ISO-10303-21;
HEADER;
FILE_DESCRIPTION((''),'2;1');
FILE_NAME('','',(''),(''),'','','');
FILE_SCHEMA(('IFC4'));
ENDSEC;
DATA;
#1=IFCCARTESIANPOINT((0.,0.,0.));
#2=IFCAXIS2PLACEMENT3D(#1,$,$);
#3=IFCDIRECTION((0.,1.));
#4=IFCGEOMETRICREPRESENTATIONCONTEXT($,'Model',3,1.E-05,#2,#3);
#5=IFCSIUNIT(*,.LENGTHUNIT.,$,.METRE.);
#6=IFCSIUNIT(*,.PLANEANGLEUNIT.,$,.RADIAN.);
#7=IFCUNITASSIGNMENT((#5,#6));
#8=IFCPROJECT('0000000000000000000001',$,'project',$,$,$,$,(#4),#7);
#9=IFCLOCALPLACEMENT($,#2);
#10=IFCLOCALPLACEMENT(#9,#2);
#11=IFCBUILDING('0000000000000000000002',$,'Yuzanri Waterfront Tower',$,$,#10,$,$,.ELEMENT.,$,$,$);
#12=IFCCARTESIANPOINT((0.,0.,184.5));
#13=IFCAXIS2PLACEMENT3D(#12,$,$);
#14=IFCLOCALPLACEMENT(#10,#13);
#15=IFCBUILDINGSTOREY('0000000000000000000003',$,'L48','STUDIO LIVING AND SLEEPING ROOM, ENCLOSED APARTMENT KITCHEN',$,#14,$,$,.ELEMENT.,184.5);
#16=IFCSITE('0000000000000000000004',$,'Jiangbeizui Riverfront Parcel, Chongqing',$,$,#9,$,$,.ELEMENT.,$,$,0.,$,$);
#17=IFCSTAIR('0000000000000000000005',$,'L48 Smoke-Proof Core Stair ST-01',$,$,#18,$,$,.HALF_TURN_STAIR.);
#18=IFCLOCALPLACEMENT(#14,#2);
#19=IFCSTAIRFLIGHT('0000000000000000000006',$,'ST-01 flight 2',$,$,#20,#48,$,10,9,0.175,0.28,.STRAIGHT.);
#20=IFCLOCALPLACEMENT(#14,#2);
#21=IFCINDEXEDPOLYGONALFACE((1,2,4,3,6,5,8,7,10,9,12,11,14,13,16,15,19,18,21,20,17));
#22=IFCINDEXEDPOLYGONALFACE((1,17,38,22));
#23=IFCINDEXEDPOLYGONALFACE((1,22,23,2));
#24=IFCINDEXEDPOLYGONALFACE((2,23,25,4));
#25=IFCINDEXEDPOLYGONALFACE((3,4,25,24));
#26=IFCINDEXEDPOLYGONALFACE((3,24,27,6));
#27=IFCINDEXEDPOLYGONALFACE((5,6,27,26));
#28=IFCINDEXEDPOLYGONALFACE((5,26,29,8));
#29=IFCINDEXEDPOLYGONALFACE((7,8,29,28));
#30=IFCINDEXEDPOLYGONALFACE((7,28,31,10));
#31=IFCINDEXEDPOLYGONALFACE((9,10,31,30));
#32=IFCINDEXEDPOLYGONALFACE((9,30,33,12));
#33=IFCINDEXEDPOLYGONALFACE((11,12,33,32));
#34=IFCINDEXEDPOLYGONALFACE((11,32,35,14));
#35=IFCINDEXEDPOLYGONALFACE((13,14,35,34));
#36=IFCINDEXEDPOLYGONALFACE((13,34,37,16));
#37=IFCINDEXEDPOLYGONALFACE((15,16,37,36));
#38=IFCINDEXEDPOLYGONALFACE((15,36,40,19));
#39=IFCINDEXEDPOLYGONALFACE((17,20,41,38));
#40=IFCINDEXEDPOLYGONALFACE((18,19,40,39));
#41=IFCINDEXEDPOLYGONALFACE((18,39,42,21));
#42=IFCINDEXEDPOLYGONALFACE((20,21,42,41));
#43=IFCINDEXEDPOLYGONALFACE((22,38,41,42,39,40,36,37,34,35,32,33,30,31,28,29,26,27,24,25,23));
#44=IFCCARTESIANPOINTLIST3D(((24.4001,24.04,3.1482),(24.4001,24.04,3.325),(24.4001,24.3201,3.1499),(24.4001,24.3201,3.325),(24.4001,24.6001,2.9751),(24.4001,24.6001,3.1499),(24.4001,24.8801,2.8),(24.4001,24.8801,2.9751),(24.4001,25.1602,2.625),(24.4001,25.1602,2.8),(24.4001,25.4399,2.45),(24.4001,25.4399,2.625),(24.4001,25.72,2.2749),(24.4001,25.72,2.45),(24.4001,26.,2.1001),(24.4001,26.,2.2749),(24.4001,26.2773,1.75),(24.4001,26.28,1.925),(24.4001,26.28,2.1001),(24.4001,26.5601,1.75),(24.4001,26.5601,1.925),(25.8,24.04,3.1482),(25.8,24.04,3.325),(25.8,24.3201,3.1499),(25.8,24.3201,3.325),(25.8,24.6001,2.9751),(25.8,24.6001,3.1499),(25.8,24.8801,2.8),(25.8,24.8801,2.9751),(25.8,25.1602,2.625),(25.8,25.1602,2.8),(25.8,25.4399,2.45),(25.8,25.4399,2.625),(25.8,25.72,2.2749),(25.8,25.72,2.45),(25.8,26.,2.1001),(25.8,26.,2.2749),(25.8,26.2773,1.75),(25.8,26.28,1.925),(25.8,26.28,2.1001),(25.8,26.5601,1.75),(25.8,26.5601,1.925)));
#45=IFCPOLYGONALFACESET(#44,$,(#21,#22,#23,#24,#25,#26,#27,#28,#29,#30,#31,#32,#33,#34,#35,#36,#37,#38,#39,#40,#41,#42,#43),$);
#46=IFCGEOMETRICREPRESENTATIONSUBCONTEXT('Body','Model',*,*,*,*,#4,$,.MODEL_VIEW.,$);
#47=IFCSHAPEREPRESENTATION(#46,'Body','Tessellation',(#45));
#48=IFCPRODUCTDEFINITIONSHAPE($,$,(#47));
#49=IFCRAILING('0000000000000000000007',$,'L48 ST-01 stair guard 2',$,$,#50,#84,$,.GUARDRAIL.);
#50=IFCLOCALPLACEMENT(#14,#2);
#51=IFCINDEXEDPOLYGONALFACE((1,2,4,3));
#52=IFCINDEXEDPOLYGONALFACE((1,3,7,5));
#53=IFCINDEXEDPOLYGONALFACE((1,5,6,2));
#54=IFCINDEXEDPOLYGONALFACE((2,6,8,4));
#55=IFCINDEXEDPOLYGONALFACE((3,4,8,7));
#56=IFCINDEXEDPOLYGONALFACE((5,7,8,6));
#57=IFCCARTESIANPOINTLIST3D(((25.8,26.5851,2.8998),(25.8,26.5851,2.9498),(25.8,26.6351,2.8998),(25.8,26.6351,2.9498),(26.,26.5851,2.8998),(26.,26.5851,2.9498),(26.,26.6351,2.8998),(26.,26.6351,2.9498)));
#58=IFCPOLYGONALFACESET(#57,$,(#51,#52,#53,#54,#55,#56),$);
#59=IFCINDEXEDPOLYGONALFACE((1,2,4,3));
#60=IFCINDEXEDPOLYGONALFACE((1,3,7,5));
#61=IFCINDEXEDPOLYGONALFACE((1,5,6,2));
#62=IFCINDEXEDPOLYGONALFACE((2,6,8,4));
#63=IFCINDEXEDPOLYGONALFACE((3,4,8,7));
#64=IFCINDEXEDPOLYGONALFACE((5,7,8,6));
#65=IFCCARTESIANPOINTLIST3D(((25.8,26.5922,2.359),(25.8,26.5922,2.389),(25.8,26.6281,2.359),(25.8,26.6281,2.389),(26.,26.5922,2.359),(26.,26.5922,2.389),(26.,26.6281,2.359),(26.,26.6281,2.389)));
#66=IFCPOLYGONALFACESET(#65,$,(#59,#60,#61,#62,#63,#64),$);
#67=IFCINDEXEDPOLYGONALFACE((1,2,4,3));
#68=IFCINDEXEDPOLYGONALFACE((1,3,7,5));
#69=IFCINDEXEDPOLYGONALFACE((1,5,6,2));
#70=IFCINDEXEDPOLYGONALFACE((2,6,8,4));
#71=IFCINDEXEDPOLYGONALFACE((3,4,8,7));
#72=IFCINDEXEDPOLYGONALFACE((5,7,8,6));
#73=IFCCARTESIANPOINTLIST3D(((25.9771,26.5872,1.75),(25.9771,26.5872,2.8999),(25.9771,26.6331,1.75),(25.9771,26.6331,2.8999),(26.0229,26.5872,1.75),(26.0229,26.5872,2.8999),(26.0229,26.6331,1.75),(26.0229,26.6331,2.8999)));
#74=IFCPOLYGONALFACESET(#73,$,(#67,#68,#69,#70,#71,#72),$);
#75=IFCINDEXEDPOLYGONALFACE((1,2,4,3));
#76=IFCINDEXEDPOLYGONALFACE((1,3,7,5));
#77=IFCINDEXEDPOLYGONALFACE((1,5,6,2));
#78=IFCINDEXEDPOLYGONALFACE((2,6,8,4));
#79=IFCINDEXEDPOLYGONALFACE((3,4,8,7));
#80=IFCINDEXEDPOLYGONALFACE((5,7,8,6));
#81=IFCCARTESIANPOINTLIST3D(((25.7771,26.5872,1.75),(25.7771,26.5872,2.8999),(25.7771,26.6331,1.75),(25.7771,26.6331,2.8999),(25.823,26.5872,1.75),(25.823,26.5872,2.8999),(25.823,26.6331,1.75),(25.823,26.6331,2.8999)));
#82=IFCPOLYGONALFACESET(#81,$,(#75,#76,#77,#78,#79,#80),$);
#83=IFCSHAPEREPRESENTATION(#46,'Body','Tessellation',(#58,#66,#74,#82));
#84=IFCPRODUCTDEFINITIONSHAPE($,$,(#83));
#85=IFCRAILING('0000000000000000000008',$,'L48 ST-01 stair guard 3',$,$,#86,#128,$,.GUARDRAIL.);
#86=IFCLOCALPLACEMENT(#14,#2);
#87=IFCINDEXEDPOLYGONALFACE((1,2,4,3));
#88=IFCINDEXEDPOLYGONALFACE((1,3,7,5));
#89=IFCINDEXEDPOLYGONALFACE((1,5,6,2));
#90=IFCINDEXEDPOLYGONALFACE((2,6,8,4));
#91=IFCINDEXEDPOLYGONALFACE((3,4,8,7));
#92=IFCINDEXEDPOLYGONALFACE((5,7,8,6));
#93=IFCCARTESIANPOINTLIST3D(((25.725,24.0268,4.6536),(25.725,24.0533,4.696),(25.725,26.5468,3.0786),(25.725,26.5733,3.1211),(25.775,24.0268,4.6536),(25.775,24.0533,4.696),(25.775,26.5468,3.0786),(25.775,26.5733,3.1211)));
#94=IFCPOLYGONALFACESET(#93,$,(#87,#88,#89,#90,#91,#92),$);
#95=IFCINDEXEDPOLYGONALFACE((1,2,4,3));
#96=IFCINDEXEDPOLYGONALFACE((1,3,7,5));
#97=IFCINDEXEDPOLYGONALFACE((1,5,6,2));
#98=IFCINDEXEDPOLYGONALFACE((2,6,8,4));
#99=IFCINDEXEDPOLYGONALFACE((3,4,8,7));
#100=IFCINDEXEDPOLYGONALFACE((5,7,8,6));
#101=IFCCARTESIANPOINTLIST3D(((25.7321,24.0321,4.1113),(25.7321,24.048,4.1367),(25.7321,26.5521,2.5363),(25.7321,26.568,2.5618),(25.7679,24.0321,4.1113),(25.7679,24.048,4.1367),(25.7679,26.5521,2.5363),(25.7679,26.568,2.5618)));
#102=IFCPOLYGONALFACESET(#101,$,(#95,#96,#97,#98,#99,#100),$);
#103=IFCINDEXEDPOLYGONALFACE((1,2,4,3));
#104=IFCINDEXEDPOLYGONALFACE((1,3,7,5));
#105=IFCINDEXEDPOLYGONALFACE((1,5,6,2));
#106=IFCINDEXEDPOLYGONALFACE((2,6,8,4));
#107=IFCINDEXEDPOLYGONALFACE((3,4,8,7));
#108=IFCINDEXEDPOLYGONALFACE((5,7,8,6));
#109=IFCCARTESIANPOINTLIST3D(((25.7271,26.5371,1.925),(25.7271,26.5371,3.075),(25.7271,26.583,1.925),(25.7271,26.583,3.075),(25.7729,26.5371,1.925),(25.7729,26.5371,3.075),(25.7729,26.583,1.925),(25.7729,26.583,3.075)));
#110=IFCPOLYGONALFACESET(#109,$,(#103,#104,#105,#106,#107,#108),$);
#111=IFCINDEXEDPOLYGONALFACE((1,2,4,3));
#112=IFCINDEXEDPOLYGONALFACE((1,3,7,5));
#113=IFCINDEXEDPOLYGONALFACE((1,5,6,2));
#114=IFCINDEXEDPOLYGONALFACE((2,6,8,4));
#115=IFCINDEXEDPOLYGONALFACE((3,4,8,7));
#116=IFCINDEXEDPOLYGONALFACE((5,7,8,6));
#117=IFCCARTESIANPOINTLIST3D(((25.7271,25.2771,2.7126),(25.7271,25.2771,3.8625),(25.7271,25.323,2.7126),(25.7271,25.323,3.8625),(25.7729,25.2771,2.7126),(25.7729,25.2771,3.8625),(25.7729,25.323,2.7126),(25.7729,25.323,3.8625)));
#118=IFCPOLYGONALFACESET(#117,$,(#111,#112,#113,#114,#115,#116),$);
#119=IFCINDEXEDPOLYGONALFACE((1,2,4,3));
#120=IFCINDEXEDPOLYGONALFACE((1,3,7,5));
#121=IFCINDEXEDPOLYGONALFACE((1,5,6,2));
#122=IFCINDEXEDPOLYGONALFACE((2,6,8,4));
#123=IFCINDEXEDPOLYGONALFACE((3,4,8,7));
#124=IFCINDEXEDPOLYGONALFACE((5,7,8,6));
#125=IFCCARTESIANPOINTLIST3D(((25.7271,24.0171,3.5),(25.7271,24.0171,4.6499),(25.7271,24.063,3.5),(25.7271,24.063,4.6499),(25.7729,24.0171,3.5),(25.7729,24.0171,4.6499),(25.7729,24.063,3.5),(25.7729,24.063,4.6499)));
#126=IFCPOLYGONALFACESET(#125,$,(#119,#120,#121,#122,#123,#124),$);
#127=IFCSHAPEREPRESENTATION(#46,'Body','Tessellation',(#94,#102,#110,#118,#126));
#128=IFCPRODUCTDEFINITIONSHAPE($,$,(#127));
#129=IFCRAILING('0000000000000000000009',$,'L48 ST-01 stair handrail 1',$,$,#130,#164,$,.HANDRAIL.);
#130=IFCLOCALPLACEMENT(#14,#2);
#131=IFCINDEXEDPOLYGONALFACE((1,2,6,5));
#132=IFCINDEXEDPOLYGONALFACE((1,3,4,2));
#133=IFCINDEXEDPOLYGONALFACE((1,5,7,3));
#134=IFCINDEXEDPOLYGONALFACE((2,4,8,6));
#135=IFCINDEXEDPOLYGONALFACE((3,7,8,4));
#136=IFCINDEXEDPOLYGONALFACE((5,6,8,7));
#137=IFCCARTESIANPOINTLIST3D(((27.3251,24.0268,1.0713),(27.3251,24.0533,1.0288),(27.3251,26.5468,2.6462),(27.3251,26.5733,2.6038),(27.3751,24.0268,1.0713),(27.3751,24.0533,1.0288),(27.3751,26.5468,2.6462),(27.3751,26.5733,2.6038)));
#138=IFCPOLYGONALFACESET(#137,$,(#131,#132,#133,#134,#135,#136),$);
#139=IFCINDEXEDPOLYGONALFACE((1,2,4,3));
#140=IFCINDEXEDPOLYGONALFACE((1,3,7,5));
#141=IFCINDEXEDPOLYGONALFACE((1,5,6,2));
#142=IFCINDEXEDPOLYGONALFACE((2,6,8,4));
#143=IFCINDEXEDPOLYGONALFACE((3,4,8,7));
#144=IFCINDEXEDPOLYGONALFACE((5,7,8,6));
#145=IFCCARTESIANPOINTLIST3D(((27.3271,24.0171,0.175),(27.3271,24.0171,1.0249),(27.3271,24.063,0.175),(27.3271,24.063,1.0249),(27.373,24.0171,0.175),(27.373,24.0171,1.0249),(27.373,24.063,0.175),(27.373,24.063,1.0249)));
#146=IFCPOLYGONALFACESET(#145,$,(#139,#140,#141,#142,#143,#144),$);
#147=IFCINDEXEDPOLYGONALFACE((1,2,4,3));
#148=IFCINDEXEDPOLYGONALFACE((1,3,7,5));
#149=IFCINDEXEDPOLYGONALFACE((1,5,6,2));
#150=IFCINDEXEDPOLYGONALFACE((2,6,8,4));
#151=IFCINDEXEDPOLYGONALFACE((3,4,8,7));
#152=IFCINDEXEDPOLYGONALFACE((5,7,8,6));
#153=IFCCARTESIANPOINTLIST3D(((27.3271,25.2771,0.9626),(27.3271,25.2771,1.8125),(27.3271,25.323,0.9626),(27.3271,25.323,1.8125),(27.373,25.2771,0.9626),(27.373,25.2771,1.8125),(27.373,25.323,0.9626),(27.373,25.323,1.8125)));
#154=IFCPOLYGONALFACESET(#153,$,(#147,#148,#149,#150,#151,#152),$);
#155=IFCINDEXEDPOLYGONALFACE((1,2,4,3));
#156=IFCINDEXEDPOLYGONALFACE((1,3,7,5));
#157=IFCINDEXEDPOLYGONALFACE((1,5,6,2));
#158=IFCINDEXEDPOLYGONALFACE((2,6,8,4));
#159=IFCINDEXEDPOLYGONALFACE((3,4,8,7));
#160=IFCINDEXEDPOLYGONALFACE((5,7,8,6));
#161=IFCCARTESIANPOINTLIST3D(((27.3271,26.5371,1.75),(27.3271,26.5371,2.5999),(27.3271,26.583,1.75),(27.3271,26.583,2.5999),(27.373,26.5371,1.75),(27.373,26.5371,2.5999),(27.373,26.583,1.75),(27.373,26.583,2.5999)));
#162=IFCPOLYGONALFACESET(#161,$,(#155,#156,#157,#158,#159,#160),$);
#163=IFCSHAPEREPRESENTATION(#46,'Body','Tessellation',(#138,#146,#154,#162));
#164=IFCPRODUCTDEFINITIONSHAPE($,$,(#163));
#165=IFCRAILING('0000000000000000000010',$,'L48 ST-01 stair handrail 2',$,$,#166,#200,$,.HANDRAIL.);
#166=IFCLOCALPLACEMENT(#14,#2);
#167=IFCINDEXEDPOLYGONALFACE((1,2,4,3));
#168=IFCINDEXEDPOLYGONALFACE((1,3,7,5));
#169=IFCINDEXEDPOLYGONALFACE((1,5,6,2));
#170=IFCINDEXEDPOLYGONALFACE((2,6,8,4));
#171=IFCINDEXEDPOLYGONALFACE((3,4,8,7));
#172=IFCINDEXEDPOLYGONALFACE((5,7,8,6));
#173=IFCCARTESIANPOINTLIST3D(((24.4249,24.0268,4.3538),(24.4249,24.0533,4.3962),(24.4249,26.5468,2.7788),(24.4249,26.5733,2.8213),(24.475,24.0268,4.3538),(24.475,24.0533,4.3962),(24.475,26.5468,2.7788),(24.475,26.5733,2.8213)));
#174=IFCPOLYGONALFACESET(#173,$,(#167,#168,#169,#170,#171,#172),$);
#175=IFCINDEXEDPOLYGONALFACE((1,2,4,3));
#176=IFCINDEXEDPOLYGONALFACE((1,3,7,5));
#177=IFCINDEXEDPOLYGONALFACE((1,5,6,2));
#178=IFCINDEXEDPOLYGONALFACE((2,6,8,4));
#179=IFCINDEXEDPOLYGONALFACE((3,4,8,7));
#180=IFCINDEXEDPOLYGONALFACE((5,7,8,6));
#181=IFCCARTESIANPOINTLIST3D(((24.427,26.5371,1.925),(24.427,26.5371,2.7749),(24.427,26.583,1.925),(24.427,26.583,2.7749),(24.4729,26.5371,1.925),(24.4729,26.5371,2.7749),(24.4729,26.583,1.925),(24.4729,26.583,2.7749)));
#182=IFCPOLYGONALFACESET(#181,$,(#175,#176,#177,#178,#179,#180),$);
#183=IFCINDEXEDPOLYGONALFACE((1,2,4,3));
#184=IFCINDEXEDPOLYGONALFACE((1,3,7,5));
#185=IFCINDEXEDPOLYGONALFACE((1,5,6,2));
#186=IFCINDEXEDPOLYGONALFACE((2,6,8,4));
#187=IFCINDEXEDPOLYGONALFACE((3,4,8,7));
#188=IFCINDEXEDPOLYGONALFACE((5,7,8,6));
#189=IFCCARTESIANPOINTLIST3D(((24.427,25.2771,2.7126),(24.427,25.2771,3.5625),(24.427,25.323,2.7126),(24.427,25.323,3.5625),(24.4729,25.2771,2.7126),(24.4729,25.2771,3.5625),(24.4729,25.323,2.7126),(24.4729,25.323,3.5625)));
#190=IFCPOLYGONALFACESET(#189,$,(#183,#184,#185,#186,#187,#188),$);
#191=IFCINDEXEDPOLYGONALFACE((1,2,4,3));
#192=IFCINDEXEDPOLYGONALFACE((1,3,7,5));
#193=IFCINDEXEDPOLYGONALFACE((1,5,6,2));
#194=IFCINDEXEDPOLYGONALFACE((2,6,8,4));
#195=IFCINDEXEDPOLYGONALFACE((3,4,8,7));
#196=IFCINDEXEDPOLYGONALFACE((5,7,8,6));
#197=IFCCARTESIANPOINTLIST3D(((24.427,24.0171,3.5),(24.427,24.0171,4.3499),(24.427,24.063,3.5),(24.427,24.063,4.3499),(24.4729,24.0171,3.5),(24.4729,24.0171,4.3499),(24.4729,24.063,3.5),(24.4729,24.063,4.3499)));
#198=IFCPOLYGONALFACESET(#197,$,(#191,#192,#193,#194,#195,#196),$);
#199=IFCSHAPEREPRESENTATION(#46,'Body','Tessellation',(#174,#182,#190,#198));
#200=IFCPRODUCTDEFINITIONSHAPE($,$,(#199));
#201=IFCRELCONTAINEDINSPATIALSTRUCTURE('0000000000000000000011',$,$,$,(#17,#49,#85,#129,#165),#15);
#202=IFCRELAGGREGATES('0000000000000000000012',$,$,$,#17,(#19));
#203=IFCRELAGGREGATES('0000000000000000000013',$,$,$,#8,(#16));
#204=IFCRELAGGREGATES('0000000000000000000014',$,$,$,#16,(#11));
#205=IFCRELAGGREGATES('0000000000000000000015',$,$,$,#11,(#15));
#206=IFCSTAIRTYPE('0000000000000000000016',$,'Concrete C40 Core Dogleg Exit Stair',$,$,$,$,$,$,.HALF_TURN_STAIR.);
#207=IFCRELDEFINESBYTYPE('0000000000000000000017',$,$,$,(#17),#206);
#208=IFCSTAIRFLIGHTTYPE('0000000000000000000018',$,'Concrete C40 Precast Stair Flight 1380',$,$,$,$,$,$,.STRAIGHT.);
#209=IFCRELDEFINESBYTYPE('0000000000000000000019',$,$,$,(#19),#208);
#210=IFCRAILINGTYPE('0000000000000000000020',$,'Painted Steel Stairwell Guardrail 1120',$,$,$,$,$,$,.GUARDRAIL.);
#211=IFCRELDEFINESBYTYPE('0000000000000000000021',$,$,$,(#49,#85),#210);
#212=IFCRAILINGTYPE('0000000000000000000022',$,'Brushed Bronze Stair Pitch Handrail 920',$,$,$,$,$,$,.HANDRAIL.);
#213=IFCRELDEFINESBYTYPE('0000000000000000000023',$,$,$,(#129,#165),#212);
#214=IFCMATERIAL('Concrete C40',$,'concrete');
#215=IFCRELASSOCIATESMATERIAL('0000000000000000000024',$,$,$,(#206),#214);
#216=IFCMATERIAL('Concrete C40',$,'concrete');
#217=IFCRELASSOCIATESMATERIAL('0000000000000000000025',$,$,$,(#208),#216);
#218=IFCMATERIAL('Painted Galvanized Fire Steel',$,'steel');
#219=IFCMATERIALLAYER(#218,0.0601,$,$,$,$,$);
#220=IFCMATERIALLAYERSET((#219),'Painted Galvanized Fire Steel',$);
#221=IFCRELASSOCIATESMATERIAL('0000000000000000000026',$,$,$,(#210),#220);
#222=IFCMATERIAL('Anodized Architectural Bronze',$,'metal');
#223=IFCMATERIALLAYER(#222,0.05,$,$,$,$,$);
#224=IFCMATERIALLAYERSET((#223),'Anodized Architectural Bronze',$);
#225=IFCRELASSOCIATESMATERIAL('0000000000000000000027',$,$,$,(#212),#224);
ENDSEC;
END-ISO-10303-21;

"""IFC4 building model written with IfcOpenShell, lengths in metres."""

from ifc_helpers import new_model, si_unit, direction, frame, origin, origin_2d, place, context, subcontext, project, spatial, polyline, rectangle, outline, extrude, source, transform, mapped, material, layer, layer_set, type_object, element, aggregate, save


model = new_model("IFC4")

# Units and contexts
model_context = context("Model", 3, precision=1e-05, world=origin(), true_north=direction((0.0, 1.0)))
body_context = subcontext(model_context, "Body", "Model", "MODEL_VIEW")
ifc_project = project(units=[si_unit("LENGTHUNIT", "METRE"), si_unit("PLANEANGLEUNIT", "RADIAN")], contexts=[model_context])

# Site, building, storey
site_placement = place(None, origin())
site = spatial("IfcSite", under=ifc_project, at=site_placement, Name="Jiangbeizui Riverfront Parcel, Chongqing", CompositionType="ELEMENT", RefElevation=0.0)
building_placement = place(site_placement, origin())
building = spatial("IfcBuilding", under=site, at=building_placement, Name="Yuzanri Waterfront Tower", CompositionType="ELEMENT")
storey_placement = place(building_placement, frame((0.0, 0.0, 184.5)))
storey = spatial("IfcBuildingStorey", under=building, at=storey_placement, Name="L48", Description="STUDIO LIVING AND SLEEPING ROOM, ENCLOSED APARTMENT KITCHEN", CompositionType="ELEMENT", Elevation=184.5)

# Stair, stair flight
ifc_material_1 = material(Name="Concrete C40", Category="concrete")
stair_type = type_object("IfcStairType", Name="Concrete C40 Core Dogleg Exit Stair", PredefinedType="HALF_TURN_STAIR", material=ifc_material_1)
stair_placement = place(storey_placement, origin())
stair = element("IfcStair", 1, at=stair_placement, inside=storey, type_object=stair_type, Name="L48 Smoke-Proof Core Stair ST-01", PredefinedType="HALF_TURN_STAIR")
ifc_material_2 = material(Name="Concrete C40", Category="concrete")
stair_flight_type = type_object("IfcStairFlightType", Name="Concrete C40 Precast Stair Flight 1380", PredefinedType="STRAIGHT", material=ifc_material_2)
shared_shape_1 = source(origin(), body_context, "Body", "SweptSolid", [
    extrude(outline(polyline([(0.0, 0.0), (0.0, 0.175), (0.28, 0.175), (0.28, 0.3501), (0.5601, 0.3501), (0.5601, 0.5249), (0.8401, 0.5249), (0.8401, 0.7), (1.1201, 0.7), (1.1201, 0.875), (1.3999, 0.875), (1.3999, 1.05), (1.6799, 1.05), (1.6799, 1.2251), (1.96, 1.2251), (1.96, 1.3999), (2.24, 1.3999), (2.24, 1.575), (2.52, 1.575), (2.52, 1.75), (2.52, 1.3982), (0.2827, 0.0), (0.0, 0.0)])), frame((0.0, 0.7, 0.0), z_axis=(0.0, -1.0, 0.0), x_axis=(1.0, 0.0, 0.0)), (0.0, 0.0, 1.0), 1.3999),
])
stair_flight_1_placement = place(storey_placement, frame((25.1001, 26.5601, 1.75), z_axis=(0.0, 0.0, 1.0), x_axis=(0.0, -1.0, 0.0)))
stair_flight_1 = element("IfcStairFlight", 2, at=stair_flight_1_placement, type_object=stair_flight_type, Name="ST-01 flight 2", NumberOfRisers=10, NumberOfTreads=9, PredefinedType="STRAIGHT", RiserHeight=0.175, TreadLength=0.28, context=body_context, shape_type="MappedRepresentation", body=[
    mapped(shared_shape_1, transform((0.0, 0.0, 0.0), scale=1.0)),
])
aggregate(stair, [stair_flight_1])

# Railings
ifc_material_3 = material(Name="Painted Galvanized Fire Steel", Category="steel")
ifc_layer_1 = layer(ifc_material_3, 0.0601)
ifc_layer_set_1 = layer_set([ifc_layer_1], Name="Painted Galvanized Fire Steel")
railing_type_1 = type_object("IfcRailingType", Name="Painted Steel Stairwell Guardrail 1120", PredefinedType="GUARDRAIL", material=ifc_layer_set_1)
shared_shape_2 = source(origin(), body_context, "Body", "SweptSolid", [
    extrude(rectangle(XDim=0.05, YDim=0.05, at=origin_2d()), frame((0.0, 0.0, 1.1748), z_axis=(-1.0, 0.0, 0.0), x_axis=(0.0, -1.0, 0.0)), (0.0, 0.0, 1.0), 0.2),
    extrude(rectangle(XDim=0.0359, YDim=0.03, at=origin_2d()), frame((0.0, 0.0, 0.624), z_axis=(-1.0, 0.0, 0.0), x_axis=(0.0, -1.0, 0.0)), (0.0, 0.0, 1.0), 0.2),
    extrude(rectangle(XDim=0.0459, YDim=0.0459, at=origin_2d()), origin(), (0.0, 0.0, 1.0), 1.1499),
    extrude(rectangle(XDim=0.0459, YDim=0.0459, at=origin_2d()), frame((-0.2, 0.0, 0.0)), (0.0, 0.0, 1.0), 1.1499),
])
railing_1_placement = place(storey_placement, frame((26.0, 26.6101, 1.75)))
element("IfcRailing", 3, at=railing_1_placement, inside=storey, type_object=railing_type_1, Name="L48 ST-01 stair guard 2", PredefinedType="GUARDRAIL", context=body_context, shape_type="MappedRepresentation", body=[
    mapped(shared_shape_2, transform((0.0, 0.0, 0.0), scale=1.0)),
])
shared_shape_3 = source(origin(), body_context, "Body", "SweptSolid", [
    extrude(rectangle(XDim=0.05, YDim=0.05, at=origin_2d()), frame((0.0, 0.0, 1.1748), z_axis=(0.0, -0.848008, 0.529984), x_axis=(1.0, 0.0, 0.0)), (0.0, 0.0, 1.0), 2.9717),
    extrude(rectangle(XDim=0.0359, YDim=0.03, at=origin_2d()), frame((0.0, 0.0, 0.624), z_axis=(0.0, -0.848008, 0.529984), x_axis=(1.0, 0.0, 0.0)), (0.0, 0.0, 1.0), 2.9717),
    extrude(rectangle(XDim=0.0459, YDim=0.0459, at=origin_2d()), origin(), (0.0, 0.0, 1.0), 1.1499),
    extrude(rectangle(XDim=0.0459, YDim=0.0459, at=origin_2d()), frame((0.0, -1.26, 0.7876)), (0.0, 0.0, 1.0), 1.1499),
    extrude(rectangle(XDim=0.0459, YDim=0.0459, at=origin_2d()), frame((0.0, -2.52, 1.575)), (0.0, 0.0, 1.0), 1.1499),
])
railing_2_placement = place(storey_placement, frame((25.75, 26.5601, 1.925)))
element("IfcRailing", 4, at=railing_2_placement, inside=storey, type_object=railing_type_1, Name="L48 ST-01 stair guard 3", PredefinedType="GUARDRAIL", context=body_context, shape_type="MappedRepresentation", body=[
    mapped(shared_shape_3, transform((0.0, 0.0, 0.0), scale=1.0)),
])
ifc_material_4 = material(Name="Anodized Architectural Bronze", Category="metal")
ifc_layer_2 = layer(ifc_material_4, 0.05)
ifc_layer_set_2 = layer_set([ifc_layer_2], Name="Anodized Architectural Bronze")
railing_type_2 = type_object("IfcRailingType", Name="Brushed Bronze Stair Pitch Handrail 920", PredefinedType="HANDRAIL", material=ifc_layer_set_2)
shared_shape_4 = source(origin(), body_context, "Body", "SweptSolid", [
    extrude(rectangle(XDim=0.05, YDim=0.05, at=origin_2d()), frame((0.0, 0.0, 0.875), z_axis=(0.0, 0.848008, 0.529984), x_axis=(-1.0, 0.0, 0.0)), (0.0, 0.0, 1.0), 2.9717),
    extrude(rectangle(XDim=0.0459, YDim=0.0459, at=origin_2d()), origin(), (0.0, 0.0, 1.0), 0.8499),
    extrude(rectangle(XDim=0.0459, YDim=0.0459, at=origin_2d()), frame((0.0, 1.26, 0.7876)), (0.0, 0.0, 1.0), 0.8499),
    extrude(rectangle(XDim=0.0459, YDim=0.0459, at=origin_2d()), frame((0.0, 2.52, 1.575)), (0.0, 0.0, 1.0), 0.8499),
])
railing_3_placement = place(storey_placement, frame((27.3501, 24.04, 0.175)))
element("IfcRailing", 5, at=railing_3_placement, inside=storey, type_object=railing_type_2, Name="L48 ST-01 stair handrail 1", PredefinedType="HANDRAIL", context=body_context, shape_type="MappedRepresentation", body=[
    mapped(shared_shape_4, transform((0.0, 0.0, 0.0), scale=1.0)),
])
shared_shape_5 = source(origin(), body_context, "Body", "SweptSolid", [
    extrude(rectangle(XDim=0.05, YDim=0.05, at=origin_2d()), frame((0.0, 0.0, 0.875), z_axis=(0.0, -0.848008, 0.529984), x_axis=(1.0, 0.0, 0.0)), (0.0, 0.0, 1.0), 2.9717),
    extrude(rectangle(XDim=0.0459, YDim=0.0459, at=origin_2d()), origin(), (0.0, 0.0, 1.0), 0.8499),
    extrude(rectangle(XDim=0.0459, YDim=0.0459, at=origin_2d()), frame((0.0, -1.26, 0.7876)), (0.0, 0.0, 1.0), 0.8499),
    extrude(rectangle(XDim=0.0459, YDim=0.0459, at=origin_2d()), frame((0.0, -2.52, 1.575)), (0.0, 0.0, 1.0), 0.8499),
])
railing_4_placement = place(storey_placement, frame((24.45, 26.5601, 1.925)))
element("IfcRailing", 6, at=railing_4_placement, inside=storey, type_object=railing_type_2, Name="L48 ST-01 stair handrail 2", PredefinedType="HANDRAIL", context=body_context, shape_type="MappedRepresentation", body=[
    mapped(shared_shape_5, transform((0.0, 0.0, 0.0), scale=1.0)),
])

save(model, "model.ifc")
